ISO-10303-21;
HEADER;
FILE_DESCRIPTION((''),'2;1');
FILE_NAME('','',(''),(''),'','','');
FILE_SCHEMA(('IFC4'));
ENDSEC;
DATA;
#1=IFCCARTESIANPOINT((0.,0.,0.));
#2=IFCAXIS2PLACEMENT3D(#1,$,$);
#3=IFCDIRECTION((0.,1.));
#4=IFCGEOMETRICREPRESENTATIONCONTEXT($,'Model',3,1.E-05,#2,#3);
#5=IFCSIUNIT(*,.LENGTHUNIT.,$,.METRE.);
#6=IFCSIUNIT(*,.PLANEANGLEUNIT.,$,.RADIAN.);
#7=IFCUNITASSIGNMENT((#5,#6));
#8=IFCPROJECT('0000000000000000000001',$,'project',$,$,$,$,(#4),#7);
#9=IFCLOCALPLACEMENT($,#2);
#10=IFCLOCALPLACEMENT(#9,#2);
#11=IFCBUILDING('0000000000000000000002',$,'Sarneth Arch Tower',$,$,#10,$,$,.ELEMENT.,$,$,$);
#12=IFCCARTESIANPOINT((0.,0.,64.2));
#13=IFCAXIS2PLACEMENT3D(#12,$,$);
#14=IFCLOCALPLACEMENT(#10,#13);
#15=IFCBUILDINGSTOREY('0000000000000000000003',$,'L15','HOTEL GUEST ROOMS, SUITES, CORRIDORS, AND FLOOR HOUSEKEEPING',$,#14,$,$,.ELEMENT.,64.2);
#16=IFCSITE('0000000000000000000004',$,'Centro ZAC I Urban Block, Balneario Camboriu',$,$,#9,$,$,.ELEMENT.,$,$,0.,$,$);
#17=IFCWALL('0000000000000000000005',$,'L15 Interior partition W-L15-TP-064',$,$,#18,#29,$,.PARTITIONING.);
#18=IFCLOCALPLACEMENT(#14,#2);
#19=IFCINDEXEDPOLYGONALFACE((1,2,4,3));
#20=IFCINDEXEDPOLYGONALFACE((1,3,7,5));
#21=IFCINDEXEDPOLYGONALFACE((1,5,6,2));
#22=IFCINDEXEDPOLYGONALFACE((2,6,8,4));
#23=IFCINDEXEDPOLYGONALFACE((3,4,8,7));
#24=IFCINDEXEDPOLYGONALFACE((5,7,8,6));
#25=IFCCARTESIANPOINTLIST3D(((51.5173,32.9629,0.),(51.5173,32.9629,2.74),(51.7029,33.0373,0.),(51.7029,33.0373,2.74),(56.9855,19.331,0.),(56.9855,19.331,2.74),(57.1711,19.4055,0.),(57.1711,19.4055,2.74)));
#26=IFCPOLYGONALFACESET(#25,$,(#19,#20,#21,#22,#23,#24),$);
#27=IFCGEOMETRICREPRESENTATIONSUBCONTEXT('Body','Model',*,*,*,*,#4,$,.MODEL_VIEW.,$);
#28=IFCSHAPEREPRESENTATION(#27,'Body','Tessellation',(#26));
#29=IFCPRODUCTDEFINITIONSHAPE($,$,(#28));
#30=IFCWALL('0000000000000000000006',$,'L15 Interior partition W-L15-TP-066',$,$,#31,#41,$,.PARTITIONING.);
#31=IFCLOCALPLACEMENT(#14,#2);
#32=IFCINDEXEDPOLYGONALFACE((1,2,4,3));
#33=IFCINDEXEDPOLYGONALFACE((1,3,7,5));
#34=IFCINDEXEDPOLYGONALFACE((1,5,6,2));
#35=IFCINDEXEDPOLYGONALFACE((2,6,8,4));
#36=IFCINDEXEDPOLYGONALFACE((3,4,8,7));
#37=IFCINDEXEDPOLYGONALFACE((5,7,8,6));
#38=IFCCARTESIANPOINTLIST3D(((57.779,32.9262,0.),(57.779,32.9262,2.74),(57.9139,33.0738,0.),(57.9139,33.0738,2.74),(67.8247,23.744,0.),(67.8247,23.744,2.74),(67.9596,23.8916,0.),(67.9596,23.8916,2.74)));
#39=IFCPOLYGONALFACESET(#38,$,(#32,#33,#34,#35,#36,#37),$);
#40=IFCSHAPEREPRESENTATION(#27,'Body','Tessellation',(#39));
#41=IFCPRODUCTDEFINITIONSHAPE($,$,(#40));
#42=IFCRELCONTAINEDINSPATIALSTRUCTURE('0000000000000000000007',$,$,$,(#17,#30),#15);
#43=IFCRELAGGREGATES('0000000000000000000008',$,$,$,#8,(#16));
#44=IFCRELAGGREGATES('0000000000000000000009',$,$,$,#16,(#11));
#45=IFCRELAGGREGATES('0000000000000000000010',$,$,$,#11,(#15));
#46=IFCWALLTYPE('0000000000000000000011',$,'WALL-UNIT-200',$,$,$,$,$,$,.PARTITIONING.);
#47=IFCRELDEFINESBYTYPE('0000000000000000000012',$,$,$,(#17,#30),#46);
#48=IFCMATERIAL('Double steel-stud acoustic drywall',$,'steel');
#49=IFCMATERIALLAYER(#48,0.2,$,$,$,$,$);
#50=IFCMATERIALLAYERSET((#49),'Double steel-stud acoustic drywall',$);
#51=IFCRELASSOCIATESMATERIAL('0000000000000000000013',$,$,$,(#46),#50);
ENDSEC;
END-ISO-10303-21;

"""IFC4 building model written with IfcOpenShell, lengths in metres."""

from ifc_helpers import new_model, si_unit, direction, frame, frame_2d, origin, place, context, subcontext, project, spatial, rectangle, extrude, material, layer, layer_set, type_object, element, save


model = new_model("IFC4")

# Units and contexts
model_context = context("Model", 3, precision=1e-05, world=origin(), true_north=direction((0.0, 1.0)))
body_context = subcontext(model_context, "Body", "Model", "MODEL_VIEW")
ifc_project = project(units=[si_unit("LENGTHUNIT", "METRE"), si_unit("PLANEANGLEUNIT", "RADIAN")], contexts=[model_context])

# Site, building, storey
site_placement = place(None, origin())
site = spatial("IfcSite", under=ifc_project, at=site_placement, Name="Centro ZAC I Urban Block, Balneario Camboriu", CompositionType="ELEMENT", RefElevation=0.0)
building_placement = place(site_placement, origin())
building = spatial("IfcBuilding", under=site, at=building_placement, Name="Sarneth Arch Tower", CompositionType="ELEMENT")
storey_placement = place(building_placement, frame((0.0, 0.0, 64.2)))
storey = spatial("IfcBuildingStorey", under=building, at=storey_placement, Name="L15", Description="HOTEL GUEST ROOMS, SUITES, CORRIDORS, AND FLOOR HOUSEKEEPING", CompositionType="ELEMENT", Elevation=64.2)

# Walls
ifc_material_1 = material(Name="Double steel-stud acoustic drywall", Category="steel")
ifc_layer_1 = layer(ifc_material_1, 0.2)
ifc_layer_set_1 = layer_set([ifc_layer_1], Name="Double steel-stud acoustic drywall")
wall_type_1 = type_object("IfcWallType", Name="WALL-UNIT-200", PredefinedType="PARTITIONING", material=ifc_layer_set_1)
wall_1_placement = place(storey_placement, frame((51.6101, 33.0, 0.0), z_axis=(0.0, 0.0, 1.0), x_axis=(0.372302, -0.928112, 0.0)))
element("IfcWall", 1, at=wall_1_placement, inside=storey, type_object=wall_type_1, Name="L15 Interior partition W-L15-TP-064", PredefinedType="PARTITIONING", context=body_context, shape_type="SweptSolid", body=[
    extrude(rectangle(XDim=14.6877, YDim=0.2, at=frame_2d((7.3438, 0.0))), origin(), (0.0, 0.0, 1.0), 2.74),
])
wall_2_placement = place(storey_placement, frame((57.8464, 33.0, 0.0), z_axis=(0.0, 0.0, 1.0), x_axis=(0.738119, -0.67467, 0.0)))
element("IfcWall", 2, at=wall_2_placement, inside=storey, type_object=wall_type_1, Name="L15 Interior partition W-L15-TP-066", PredefinedType="PARTITIONING", context=body_context, shape_type="SweptSolid", body=[
    extrude(rectangle(XDim=13.6099, YDim=0.2, at=frame_2d((6.8049, 0.0))), origin(), (0.0, 0.0, 1.0), 2.74),
])

save(model, "model.ifc")
